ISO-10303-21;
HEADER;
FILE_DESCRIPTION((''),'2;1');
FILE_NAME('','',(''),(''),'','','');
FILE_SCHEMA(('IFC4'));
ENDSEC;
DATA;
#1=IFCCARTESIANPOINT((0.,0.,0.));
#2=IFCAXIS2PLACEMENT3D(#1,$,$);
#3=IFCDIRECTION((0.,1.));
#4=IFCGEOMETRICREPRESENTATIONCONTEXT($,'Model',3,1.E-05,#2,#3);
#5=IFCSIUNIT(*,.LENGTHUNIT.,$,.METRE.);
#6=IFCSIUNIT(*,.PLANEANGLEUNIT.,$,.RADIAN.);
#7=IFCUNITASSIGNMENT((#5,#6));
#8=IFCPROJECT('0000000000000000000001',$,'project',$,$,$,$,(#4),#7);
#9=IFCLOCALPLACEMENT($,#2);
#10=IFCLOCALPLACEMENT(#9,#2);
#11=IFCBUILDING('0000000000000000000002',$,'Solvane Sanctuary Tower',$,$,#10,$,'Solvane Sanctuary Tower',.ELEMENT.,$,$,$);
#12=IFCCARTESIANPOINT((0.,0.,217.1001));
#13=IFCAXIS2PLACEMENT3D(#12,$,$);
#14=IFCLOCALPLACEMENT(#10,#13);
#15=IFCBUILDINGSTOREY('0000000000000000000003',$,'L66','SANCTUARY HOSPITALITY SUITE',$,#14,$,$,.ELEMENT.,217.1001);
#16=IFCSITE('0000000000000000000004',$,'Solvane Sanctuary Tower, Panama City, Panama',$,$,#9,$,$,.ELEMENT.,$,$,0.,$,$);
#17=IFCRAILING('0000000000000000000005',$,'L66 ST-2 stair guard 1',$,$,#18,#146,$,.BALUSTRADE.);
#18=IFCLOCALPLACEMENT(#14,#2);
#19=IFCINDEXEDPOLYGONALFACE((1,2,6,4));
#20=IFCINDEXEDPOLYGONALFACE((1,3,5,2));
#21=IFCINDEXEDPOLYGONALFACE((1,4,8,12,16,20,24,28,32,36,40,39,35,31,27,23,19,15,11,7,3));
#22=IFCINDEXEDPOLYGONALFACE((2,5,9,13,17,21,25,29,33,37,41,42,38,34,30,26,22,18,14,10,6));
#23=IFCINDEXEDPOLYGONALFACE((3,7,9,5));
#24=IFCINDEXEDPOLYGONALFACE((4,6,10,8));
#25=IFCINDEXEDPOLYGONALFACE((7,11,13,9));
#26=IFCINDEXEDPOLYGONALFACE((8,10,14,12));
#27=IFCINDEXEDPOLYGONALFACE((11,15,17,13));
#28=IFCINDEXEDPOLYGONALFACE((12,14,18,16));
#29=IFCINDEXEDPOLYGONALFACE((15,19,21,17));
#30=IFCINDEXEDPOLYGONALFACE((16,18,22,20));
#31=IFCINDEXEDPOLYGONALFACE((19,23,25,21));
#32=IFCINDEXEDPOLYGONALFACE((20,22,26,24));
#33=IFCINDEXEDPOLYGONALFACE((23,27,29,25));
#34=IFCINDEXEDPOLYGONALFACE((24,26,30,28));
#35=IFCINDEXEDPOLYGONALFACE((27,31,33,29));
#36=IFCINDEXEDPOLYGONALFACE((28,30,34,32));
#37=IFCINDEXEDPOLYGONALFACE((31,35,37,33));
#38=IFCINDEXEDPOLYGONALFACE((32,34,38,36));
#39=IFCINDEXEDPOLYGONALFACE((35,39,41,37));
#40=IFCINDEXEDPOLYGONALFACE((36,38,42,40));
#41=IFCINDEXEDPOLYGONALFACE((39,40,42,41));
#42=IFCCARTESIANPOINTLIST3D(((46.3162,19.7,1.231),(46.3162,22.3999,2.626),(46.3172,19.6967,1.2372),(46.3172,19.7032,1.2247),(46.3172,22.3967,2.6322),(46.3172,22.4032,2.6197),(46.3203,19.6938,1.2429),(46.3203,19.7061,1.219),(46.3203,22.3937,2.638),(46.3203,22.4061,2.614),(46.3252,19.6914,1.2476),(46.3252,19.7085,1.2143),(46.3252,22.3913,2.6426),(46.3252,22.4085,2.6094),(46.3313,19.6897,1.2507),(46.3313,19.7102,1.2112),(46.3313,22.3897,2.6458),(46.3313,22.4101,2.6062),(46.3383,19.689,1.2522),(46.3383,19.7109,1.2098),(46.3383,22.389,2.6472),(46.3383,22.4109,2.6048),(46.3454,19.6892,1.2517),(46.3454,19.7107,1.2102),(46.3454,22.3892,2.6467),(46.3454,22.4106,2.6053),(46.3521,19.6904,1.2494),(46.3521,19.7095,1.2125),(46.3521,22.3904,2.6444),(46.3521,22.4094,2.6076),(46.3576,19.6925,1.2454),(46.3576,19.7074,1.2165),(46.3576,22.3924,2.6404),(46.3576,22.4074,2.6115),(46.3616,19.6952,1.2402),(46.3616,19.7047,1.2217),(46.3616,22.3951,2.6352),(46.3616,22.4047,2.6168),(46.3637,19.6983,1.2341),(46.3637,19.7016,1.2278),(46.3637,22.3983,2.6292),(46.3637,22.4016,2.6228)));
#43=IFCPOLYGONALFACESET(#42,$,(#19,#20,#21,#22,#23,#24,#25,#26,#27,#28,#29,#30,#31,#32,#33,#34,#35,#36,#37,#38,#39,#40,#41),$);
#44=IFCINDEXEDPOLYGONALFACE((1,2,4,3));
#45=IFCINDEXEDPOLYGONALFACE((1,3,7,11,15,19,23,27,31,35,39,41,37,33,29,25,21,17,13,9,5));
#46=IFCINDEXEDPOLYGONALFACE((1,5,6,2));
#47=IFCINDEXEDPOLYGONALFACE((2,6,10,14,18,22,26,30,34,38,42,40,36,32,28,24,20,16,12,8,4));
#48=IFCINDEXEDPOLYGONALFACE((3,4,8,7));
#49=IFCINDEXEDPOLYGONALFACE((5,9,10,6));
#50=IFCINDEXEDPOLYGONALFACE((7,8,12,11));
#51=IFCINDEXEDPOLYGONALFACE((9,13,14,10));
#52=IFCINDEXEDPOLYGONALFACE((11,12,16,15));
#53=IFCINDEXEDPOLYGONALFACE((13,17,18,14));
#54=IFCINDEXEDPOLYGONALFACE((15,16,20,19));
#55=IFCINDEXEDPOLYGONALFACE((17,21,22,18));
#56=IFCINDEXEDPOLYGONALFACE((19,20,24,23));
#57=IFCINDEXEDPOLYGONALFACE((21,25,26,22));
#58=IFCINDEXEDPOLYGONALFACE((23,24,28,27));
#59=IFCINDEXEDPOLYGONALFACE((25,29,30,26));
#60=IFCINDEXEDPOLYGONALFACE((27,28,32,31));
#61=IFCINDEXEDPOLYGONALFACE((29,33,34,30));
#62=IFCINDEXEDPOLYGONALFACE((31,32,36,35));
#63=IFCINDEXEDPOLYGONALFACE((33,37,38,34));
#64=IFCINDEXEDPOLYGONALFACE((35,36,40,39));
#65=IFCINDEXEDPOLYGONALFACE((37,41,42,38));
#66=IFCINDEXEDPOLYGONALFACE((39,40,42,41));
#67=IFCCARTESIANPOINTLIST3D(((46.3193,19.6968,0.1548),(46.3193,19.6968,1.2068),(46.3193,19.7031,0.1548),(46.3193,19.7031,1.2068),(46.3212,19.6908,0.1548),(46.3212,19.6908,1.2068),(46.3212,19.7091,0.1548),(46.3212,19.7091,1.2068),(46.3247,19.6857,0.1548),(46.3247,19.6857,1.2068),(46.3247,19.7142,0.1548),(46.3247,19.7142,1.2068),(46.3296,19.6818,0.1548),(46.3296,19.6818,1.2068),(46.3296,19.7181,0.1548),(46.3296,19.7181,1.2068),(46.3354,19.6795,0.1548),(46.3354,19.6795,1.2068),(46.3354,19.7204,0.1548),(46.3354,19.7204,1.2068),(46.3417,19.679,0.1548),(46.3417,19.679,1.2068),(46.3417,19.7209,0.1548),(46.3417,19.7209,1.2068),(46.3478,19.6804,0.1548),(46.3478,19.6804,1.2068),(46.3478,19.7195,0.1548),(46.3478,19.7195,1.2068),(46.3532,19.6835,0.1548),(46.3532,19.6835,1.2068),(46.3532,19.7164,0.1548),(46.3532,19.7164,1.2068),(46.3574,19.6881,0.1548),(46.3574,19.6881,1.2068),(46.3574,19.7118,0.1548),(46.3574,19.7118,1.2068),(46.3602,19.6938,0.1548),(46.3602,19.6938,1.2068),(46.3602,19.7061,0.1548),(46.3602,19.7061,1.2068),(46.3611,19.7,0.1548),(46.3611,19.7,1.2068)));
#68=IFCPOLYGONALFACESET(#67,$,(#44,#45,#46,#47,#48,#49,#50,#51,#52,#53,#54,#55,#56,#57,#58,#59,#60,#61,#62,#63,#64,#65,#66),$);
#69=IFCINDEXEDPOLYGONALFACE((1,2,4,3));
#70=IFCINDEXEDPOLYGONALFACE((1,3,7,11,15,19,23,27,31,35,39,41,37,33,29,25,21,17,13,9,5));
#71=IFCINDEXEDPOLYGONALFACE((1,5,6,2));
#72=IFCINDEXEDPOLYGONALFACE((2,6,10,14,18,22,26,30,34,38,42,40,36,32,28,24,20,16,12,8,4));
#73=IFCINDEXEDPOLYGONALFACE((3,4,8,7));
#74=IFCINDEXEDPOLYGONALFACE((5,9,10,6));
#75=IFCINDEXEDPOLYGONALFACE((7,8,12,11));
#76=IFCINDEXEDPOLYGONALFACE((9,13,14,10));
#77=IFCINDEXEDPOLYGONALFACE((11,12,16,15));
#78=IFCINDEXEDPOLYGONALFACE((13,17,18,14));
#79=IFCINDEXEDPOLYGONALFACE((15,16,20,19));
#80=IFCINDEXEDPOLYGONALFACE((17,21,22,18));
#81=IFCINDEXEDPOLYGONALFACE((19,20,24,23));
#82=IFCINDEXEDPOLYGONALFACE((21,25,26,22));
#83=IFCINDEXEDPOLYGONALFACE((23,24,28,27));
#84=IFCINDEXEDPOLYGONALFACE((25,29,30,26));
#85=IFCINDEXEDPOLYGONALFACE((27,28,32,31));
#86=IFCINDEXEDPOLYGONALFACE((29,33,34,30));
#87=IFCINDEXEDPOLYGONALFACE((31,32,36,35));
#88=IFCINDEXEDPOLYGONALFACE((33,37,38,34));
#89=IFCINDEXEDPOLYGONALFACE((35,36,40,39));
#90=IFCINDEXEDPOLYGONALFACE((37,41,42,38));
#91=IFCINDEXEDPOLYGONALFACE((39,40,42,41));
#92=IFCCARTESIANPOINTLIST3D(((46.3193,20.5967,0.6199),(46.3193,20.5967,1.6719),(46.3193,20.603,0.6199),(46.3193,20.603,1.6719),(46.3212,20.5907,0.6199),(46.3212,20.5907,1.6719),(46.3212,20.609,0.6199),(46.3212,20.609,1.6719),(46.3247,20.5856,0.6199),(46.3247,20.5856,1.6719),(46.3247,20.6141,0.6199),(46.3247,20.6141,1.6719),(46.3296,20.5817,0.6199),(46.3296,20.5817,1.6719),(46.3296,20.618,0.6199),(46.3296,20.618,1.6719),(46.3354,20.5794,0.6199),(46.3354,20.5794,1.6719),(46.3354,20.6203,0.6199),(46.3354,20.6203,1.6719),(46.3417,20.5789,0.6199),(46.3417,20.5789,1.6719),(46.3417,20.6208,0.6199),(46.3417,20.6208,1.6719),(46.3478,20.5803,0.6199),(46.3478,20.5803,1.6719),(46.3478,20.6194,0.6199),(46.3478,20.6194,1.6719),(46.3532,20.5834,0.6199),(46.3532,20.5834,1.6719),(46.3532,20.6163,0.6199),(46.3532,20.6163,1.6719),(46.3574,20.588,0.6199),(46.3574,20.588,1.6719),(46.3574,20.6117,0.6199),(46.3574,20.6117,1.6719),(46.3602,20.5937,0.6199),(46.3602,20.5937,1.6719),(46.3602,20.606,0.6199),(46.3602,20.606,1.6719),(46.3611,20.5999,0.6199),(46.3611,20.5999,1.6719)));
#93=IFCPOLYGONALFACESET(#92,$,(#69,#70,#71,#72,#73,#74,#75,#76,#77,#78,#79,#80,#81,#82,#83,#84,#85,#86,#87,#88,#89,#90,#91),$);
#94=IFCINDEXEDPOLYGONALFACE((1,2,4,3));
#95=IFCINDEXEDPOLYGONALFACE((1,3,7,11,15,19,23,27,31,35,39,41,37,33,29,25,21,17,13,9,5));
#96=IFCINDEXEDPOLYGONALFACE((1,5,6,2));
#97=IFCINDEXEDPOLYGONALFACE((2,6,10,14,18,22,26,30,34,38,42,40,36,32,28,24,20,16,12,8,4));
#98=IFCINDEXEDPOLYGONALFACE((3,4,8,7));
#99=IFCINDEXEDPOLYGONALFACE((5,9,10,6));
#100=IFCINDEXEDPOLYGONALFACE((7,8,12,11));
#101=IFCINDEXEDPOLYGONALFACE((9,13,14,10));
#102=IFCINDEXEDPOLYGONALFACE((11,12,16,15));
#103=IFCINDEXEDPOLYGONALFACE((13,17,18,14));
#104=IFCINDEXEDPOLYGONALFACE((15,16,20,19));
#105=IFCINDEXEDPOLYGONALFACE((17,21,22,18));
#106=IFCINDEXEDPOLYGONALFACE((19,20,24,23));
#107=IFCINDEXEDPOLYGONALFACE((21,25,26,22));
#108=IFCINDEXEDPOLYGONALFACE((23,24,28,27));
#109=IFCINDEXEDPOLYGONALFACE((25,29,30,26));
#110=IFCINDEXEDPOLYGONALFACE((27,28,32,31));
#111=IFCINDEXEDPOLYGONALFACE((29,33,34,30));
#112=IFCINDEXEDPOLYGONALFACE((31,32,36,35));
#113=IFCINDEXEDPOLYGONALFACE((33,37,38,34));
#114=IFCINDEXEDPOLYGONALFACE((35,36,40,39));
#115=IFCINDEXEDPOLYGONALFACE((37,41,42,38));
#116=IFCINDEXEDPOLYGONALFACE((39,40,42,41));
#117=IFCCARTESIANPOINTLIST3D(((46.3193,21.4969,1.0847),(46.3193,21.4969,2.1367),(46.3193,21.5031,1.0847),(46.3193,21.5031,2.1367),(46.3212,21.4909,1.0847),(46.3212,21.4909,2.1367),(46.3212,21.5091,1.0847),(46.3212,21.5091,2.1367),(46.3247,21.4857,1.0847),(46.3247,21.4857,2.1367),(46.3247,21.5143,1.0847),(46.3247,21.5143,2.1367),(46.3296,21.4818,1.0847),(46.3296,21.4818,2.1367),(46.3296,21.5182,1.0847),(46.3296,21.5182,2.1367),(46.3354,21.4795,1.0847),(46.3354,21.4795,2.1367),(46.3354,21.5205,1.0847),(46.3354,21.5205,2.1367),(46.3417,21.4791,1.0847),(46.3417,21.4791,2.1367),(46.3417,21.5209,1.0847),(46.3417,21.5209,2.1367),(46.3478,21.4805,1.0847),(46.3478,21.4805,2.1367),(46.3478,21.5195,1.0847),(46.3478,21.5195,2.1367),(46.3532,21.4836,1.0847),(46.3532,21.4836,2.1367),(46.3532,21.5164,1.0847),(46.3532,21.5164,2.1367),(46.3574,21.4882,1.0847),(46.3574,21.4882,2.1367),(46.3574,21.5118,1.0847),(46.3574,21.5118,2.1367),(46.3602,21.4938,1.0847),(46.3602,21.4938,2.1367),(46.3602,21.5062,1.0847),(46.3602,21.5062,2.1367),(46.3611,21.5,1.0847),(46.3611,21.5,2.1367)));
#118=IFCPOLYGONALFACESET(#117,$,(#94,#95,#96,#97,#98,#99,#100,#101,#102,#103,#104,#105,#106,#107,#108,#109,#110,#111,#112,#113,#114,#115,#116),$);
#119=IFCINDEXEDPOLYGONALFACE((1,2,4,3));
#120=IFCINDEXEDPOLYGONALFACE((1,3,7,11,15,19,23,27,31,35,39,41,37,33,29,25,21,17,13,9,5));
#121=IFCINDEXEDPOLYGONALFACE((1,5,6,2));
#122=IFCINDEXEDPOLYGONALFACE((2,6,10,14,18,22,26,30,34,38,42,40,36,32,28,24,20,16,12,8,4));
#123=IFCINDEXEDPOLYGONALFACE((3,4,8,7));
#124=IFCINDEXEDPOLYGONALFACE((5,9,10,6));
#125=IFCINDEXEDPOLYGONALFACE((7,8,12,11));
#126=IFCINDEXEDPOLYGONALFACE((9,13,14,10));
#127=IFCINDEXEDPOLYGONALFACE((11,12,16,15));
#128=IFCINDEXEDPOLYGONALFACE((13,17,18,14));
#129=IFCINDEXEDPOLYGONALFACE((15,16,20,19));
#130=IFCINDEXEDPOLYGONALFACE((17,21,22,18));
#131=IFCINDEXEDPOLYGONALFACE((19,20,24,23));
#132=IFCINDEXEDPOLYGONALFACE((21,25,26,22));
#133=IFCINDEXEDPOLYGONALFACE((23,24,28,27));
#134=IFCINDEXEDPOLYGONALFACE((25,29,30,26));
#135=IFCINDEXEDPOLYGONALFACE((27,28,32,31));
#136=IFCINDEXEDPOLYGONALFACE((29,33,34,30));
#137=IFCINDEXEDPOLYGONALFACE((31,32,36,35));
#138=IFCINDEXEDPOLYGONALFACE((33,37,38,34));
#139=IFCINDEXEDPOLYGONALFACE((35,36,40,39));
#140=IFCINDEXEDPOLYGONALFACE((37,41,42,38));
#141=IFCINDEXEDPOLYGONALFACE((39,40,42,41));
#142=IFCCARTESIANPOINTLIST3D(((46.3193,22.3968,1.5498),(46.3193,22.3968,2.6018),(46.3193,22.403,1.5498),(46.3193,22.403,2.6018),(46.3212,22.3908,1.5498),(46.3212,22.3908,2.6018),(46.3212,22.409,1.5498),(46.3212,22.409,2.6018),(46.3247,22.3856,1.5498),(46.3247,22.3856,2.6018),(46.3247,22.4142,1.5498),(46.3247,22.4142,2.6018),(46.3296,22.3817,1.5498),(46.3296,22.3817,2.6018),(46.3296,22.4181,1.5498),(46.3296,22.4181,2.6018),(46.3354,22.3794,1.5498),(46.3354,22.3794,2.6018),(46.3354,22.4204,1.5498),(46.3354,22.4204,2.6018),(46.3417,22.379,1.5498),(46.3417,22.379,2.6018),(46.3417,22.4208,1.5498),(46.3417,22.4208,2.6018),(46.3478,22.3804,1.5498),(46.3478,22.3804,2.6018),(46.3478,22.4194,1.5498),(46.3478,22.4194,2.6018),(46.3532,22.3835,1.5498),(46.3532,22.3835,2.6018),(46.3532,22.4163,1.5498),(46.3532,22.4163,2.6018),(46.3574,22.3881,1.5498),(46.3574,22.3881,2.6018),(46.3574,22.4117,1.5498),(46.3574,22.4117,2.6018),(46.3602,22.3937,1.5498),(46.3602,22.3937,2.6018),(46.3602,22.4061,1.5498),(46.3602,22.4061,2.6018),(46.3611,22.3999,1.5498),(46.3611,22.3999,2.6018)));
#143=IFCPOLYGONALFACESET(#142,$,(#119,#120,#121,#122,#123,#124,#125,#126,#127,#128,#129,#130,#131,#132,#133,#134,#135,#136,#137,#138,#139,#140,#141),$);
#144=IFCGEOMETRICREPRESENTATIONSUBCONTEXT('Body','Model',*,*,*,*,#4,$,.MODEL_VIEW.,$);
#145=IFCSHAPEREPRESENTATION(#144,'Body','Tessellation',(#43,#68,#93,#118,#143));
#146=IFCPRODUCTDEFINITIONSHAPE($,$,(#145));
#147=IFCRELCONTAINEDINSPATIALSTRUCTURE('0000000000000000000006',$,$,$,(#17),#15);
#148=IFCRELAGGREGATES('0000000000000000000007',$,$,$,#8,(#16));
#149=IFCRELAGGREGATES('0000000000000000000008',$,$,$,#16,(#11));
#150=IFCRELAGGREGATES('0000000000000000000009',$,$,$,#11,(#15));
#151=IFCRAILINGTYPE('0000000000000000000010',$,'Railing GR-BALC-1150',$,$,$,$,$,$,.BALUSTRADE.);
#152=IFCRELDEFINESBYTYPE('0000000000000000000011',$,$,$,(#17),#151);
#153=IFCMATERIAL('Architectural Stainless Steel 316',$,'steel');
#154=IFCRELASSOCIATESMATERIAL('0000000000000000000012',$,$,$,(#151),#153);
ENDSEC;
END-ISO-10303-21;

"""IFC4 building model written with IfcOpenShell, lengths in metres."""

from ifc_helpers import new_model, si_unit, direction, frame, origin, origin_2d, place, context, subcontext, project, spatial, circle, extrude, material, type_object, element, save


model = new_model("IFC4")

# Units and contexts
model_context = context("Model", 3, precision=1e-05, world=origin(), true_north=direction((0.0, 1.0)))
body_context = subcontext(model_context, "Body", "Model", "MODEL_VIEW")
ifc_project = project(units=[si_unit("LENGTHUNIT", "METRE"), si_unit("PLANEANGLEUNIT", "RADIAN")], contexts=[model_context])

# Site, building, storey
site_placement = place(None, origin())
site = spatial("IfcSite", under=ifc_project, at=site_placement, Name="Solvane Sanctuary Tower, Panama City, Panama", CompositionType="ELEMENT", RefElevation=0.0)
building_placement = place(site_placement, origin())
building = spatial("IfcBuilding", under=site, at=building_placement, Name="Solvane Sanctuary Tower", LongName="Solvane Sanctuary Tower", CompositionType="ELEMENT")
storey_placement = place(building_placement, frame((0.0, 0.0, 217.1001)))
storey = spatial("IfcBuildingStorey", under=building, at=storey_placement, Name="L66", Description="SANCTUARY HOSPITALITY SUITE", CompositionType="ELEMENT", Elevation=217.1001)

# Shared definitions
ifc_material_1 = material(Name="Architectural Stainless Steel 316", Category="steel")

# Railing
railing_type_1 = type_object("IfcRailingType", Name="Railing GR-BALC-1150", PredefinedType="BALUSTRADE", material=ifc_material_1)
railing_1_placement = place(storey_placement, frame((46.3401, 19.7, 0.1548)))
element("IfcRailing", 1, at=railing_1_placement, inside=storey, type_object=railing_type_1, Name="L66 ST-2 stair guard 1", PredefinedType="BALUSTRADE", context=body_context, shape_type="SweptSolid", body=[
    extrude(circle(Radius=0.0239, at=origin_2d()), frame((0.0, 0.0, 1.0762), z_axis=(0.0, 0.88842, 0.459032), x_axis=(-1.0, 0.0, 0.0)), (0.0, 0.0, 1.0), 3.0391),
    extrude(circle(Radius=0.021, at=origin_2d()), origin(), (0.0, 0.0, 1.0), 1.052),
    extrude(circle(Radius=0.021, at=origin_2d()), frame((0.0, 0.8999, 0.4651)), (0.0, 0.0, 1.0), 1.052),
    extrude(circle(Radius=0.021, at=origin_2d()), frame((0.0, 1.8, 0.9299)), (0.0, 0.0, 1.0), 1.052),
    extrude(circle(Radius=0.021, at=origin_2d()), frame((0.0, 2.7, 1.395)), (0.0, 0.0, 1.0), 1.052),
])

save(model, "model.ifc")
